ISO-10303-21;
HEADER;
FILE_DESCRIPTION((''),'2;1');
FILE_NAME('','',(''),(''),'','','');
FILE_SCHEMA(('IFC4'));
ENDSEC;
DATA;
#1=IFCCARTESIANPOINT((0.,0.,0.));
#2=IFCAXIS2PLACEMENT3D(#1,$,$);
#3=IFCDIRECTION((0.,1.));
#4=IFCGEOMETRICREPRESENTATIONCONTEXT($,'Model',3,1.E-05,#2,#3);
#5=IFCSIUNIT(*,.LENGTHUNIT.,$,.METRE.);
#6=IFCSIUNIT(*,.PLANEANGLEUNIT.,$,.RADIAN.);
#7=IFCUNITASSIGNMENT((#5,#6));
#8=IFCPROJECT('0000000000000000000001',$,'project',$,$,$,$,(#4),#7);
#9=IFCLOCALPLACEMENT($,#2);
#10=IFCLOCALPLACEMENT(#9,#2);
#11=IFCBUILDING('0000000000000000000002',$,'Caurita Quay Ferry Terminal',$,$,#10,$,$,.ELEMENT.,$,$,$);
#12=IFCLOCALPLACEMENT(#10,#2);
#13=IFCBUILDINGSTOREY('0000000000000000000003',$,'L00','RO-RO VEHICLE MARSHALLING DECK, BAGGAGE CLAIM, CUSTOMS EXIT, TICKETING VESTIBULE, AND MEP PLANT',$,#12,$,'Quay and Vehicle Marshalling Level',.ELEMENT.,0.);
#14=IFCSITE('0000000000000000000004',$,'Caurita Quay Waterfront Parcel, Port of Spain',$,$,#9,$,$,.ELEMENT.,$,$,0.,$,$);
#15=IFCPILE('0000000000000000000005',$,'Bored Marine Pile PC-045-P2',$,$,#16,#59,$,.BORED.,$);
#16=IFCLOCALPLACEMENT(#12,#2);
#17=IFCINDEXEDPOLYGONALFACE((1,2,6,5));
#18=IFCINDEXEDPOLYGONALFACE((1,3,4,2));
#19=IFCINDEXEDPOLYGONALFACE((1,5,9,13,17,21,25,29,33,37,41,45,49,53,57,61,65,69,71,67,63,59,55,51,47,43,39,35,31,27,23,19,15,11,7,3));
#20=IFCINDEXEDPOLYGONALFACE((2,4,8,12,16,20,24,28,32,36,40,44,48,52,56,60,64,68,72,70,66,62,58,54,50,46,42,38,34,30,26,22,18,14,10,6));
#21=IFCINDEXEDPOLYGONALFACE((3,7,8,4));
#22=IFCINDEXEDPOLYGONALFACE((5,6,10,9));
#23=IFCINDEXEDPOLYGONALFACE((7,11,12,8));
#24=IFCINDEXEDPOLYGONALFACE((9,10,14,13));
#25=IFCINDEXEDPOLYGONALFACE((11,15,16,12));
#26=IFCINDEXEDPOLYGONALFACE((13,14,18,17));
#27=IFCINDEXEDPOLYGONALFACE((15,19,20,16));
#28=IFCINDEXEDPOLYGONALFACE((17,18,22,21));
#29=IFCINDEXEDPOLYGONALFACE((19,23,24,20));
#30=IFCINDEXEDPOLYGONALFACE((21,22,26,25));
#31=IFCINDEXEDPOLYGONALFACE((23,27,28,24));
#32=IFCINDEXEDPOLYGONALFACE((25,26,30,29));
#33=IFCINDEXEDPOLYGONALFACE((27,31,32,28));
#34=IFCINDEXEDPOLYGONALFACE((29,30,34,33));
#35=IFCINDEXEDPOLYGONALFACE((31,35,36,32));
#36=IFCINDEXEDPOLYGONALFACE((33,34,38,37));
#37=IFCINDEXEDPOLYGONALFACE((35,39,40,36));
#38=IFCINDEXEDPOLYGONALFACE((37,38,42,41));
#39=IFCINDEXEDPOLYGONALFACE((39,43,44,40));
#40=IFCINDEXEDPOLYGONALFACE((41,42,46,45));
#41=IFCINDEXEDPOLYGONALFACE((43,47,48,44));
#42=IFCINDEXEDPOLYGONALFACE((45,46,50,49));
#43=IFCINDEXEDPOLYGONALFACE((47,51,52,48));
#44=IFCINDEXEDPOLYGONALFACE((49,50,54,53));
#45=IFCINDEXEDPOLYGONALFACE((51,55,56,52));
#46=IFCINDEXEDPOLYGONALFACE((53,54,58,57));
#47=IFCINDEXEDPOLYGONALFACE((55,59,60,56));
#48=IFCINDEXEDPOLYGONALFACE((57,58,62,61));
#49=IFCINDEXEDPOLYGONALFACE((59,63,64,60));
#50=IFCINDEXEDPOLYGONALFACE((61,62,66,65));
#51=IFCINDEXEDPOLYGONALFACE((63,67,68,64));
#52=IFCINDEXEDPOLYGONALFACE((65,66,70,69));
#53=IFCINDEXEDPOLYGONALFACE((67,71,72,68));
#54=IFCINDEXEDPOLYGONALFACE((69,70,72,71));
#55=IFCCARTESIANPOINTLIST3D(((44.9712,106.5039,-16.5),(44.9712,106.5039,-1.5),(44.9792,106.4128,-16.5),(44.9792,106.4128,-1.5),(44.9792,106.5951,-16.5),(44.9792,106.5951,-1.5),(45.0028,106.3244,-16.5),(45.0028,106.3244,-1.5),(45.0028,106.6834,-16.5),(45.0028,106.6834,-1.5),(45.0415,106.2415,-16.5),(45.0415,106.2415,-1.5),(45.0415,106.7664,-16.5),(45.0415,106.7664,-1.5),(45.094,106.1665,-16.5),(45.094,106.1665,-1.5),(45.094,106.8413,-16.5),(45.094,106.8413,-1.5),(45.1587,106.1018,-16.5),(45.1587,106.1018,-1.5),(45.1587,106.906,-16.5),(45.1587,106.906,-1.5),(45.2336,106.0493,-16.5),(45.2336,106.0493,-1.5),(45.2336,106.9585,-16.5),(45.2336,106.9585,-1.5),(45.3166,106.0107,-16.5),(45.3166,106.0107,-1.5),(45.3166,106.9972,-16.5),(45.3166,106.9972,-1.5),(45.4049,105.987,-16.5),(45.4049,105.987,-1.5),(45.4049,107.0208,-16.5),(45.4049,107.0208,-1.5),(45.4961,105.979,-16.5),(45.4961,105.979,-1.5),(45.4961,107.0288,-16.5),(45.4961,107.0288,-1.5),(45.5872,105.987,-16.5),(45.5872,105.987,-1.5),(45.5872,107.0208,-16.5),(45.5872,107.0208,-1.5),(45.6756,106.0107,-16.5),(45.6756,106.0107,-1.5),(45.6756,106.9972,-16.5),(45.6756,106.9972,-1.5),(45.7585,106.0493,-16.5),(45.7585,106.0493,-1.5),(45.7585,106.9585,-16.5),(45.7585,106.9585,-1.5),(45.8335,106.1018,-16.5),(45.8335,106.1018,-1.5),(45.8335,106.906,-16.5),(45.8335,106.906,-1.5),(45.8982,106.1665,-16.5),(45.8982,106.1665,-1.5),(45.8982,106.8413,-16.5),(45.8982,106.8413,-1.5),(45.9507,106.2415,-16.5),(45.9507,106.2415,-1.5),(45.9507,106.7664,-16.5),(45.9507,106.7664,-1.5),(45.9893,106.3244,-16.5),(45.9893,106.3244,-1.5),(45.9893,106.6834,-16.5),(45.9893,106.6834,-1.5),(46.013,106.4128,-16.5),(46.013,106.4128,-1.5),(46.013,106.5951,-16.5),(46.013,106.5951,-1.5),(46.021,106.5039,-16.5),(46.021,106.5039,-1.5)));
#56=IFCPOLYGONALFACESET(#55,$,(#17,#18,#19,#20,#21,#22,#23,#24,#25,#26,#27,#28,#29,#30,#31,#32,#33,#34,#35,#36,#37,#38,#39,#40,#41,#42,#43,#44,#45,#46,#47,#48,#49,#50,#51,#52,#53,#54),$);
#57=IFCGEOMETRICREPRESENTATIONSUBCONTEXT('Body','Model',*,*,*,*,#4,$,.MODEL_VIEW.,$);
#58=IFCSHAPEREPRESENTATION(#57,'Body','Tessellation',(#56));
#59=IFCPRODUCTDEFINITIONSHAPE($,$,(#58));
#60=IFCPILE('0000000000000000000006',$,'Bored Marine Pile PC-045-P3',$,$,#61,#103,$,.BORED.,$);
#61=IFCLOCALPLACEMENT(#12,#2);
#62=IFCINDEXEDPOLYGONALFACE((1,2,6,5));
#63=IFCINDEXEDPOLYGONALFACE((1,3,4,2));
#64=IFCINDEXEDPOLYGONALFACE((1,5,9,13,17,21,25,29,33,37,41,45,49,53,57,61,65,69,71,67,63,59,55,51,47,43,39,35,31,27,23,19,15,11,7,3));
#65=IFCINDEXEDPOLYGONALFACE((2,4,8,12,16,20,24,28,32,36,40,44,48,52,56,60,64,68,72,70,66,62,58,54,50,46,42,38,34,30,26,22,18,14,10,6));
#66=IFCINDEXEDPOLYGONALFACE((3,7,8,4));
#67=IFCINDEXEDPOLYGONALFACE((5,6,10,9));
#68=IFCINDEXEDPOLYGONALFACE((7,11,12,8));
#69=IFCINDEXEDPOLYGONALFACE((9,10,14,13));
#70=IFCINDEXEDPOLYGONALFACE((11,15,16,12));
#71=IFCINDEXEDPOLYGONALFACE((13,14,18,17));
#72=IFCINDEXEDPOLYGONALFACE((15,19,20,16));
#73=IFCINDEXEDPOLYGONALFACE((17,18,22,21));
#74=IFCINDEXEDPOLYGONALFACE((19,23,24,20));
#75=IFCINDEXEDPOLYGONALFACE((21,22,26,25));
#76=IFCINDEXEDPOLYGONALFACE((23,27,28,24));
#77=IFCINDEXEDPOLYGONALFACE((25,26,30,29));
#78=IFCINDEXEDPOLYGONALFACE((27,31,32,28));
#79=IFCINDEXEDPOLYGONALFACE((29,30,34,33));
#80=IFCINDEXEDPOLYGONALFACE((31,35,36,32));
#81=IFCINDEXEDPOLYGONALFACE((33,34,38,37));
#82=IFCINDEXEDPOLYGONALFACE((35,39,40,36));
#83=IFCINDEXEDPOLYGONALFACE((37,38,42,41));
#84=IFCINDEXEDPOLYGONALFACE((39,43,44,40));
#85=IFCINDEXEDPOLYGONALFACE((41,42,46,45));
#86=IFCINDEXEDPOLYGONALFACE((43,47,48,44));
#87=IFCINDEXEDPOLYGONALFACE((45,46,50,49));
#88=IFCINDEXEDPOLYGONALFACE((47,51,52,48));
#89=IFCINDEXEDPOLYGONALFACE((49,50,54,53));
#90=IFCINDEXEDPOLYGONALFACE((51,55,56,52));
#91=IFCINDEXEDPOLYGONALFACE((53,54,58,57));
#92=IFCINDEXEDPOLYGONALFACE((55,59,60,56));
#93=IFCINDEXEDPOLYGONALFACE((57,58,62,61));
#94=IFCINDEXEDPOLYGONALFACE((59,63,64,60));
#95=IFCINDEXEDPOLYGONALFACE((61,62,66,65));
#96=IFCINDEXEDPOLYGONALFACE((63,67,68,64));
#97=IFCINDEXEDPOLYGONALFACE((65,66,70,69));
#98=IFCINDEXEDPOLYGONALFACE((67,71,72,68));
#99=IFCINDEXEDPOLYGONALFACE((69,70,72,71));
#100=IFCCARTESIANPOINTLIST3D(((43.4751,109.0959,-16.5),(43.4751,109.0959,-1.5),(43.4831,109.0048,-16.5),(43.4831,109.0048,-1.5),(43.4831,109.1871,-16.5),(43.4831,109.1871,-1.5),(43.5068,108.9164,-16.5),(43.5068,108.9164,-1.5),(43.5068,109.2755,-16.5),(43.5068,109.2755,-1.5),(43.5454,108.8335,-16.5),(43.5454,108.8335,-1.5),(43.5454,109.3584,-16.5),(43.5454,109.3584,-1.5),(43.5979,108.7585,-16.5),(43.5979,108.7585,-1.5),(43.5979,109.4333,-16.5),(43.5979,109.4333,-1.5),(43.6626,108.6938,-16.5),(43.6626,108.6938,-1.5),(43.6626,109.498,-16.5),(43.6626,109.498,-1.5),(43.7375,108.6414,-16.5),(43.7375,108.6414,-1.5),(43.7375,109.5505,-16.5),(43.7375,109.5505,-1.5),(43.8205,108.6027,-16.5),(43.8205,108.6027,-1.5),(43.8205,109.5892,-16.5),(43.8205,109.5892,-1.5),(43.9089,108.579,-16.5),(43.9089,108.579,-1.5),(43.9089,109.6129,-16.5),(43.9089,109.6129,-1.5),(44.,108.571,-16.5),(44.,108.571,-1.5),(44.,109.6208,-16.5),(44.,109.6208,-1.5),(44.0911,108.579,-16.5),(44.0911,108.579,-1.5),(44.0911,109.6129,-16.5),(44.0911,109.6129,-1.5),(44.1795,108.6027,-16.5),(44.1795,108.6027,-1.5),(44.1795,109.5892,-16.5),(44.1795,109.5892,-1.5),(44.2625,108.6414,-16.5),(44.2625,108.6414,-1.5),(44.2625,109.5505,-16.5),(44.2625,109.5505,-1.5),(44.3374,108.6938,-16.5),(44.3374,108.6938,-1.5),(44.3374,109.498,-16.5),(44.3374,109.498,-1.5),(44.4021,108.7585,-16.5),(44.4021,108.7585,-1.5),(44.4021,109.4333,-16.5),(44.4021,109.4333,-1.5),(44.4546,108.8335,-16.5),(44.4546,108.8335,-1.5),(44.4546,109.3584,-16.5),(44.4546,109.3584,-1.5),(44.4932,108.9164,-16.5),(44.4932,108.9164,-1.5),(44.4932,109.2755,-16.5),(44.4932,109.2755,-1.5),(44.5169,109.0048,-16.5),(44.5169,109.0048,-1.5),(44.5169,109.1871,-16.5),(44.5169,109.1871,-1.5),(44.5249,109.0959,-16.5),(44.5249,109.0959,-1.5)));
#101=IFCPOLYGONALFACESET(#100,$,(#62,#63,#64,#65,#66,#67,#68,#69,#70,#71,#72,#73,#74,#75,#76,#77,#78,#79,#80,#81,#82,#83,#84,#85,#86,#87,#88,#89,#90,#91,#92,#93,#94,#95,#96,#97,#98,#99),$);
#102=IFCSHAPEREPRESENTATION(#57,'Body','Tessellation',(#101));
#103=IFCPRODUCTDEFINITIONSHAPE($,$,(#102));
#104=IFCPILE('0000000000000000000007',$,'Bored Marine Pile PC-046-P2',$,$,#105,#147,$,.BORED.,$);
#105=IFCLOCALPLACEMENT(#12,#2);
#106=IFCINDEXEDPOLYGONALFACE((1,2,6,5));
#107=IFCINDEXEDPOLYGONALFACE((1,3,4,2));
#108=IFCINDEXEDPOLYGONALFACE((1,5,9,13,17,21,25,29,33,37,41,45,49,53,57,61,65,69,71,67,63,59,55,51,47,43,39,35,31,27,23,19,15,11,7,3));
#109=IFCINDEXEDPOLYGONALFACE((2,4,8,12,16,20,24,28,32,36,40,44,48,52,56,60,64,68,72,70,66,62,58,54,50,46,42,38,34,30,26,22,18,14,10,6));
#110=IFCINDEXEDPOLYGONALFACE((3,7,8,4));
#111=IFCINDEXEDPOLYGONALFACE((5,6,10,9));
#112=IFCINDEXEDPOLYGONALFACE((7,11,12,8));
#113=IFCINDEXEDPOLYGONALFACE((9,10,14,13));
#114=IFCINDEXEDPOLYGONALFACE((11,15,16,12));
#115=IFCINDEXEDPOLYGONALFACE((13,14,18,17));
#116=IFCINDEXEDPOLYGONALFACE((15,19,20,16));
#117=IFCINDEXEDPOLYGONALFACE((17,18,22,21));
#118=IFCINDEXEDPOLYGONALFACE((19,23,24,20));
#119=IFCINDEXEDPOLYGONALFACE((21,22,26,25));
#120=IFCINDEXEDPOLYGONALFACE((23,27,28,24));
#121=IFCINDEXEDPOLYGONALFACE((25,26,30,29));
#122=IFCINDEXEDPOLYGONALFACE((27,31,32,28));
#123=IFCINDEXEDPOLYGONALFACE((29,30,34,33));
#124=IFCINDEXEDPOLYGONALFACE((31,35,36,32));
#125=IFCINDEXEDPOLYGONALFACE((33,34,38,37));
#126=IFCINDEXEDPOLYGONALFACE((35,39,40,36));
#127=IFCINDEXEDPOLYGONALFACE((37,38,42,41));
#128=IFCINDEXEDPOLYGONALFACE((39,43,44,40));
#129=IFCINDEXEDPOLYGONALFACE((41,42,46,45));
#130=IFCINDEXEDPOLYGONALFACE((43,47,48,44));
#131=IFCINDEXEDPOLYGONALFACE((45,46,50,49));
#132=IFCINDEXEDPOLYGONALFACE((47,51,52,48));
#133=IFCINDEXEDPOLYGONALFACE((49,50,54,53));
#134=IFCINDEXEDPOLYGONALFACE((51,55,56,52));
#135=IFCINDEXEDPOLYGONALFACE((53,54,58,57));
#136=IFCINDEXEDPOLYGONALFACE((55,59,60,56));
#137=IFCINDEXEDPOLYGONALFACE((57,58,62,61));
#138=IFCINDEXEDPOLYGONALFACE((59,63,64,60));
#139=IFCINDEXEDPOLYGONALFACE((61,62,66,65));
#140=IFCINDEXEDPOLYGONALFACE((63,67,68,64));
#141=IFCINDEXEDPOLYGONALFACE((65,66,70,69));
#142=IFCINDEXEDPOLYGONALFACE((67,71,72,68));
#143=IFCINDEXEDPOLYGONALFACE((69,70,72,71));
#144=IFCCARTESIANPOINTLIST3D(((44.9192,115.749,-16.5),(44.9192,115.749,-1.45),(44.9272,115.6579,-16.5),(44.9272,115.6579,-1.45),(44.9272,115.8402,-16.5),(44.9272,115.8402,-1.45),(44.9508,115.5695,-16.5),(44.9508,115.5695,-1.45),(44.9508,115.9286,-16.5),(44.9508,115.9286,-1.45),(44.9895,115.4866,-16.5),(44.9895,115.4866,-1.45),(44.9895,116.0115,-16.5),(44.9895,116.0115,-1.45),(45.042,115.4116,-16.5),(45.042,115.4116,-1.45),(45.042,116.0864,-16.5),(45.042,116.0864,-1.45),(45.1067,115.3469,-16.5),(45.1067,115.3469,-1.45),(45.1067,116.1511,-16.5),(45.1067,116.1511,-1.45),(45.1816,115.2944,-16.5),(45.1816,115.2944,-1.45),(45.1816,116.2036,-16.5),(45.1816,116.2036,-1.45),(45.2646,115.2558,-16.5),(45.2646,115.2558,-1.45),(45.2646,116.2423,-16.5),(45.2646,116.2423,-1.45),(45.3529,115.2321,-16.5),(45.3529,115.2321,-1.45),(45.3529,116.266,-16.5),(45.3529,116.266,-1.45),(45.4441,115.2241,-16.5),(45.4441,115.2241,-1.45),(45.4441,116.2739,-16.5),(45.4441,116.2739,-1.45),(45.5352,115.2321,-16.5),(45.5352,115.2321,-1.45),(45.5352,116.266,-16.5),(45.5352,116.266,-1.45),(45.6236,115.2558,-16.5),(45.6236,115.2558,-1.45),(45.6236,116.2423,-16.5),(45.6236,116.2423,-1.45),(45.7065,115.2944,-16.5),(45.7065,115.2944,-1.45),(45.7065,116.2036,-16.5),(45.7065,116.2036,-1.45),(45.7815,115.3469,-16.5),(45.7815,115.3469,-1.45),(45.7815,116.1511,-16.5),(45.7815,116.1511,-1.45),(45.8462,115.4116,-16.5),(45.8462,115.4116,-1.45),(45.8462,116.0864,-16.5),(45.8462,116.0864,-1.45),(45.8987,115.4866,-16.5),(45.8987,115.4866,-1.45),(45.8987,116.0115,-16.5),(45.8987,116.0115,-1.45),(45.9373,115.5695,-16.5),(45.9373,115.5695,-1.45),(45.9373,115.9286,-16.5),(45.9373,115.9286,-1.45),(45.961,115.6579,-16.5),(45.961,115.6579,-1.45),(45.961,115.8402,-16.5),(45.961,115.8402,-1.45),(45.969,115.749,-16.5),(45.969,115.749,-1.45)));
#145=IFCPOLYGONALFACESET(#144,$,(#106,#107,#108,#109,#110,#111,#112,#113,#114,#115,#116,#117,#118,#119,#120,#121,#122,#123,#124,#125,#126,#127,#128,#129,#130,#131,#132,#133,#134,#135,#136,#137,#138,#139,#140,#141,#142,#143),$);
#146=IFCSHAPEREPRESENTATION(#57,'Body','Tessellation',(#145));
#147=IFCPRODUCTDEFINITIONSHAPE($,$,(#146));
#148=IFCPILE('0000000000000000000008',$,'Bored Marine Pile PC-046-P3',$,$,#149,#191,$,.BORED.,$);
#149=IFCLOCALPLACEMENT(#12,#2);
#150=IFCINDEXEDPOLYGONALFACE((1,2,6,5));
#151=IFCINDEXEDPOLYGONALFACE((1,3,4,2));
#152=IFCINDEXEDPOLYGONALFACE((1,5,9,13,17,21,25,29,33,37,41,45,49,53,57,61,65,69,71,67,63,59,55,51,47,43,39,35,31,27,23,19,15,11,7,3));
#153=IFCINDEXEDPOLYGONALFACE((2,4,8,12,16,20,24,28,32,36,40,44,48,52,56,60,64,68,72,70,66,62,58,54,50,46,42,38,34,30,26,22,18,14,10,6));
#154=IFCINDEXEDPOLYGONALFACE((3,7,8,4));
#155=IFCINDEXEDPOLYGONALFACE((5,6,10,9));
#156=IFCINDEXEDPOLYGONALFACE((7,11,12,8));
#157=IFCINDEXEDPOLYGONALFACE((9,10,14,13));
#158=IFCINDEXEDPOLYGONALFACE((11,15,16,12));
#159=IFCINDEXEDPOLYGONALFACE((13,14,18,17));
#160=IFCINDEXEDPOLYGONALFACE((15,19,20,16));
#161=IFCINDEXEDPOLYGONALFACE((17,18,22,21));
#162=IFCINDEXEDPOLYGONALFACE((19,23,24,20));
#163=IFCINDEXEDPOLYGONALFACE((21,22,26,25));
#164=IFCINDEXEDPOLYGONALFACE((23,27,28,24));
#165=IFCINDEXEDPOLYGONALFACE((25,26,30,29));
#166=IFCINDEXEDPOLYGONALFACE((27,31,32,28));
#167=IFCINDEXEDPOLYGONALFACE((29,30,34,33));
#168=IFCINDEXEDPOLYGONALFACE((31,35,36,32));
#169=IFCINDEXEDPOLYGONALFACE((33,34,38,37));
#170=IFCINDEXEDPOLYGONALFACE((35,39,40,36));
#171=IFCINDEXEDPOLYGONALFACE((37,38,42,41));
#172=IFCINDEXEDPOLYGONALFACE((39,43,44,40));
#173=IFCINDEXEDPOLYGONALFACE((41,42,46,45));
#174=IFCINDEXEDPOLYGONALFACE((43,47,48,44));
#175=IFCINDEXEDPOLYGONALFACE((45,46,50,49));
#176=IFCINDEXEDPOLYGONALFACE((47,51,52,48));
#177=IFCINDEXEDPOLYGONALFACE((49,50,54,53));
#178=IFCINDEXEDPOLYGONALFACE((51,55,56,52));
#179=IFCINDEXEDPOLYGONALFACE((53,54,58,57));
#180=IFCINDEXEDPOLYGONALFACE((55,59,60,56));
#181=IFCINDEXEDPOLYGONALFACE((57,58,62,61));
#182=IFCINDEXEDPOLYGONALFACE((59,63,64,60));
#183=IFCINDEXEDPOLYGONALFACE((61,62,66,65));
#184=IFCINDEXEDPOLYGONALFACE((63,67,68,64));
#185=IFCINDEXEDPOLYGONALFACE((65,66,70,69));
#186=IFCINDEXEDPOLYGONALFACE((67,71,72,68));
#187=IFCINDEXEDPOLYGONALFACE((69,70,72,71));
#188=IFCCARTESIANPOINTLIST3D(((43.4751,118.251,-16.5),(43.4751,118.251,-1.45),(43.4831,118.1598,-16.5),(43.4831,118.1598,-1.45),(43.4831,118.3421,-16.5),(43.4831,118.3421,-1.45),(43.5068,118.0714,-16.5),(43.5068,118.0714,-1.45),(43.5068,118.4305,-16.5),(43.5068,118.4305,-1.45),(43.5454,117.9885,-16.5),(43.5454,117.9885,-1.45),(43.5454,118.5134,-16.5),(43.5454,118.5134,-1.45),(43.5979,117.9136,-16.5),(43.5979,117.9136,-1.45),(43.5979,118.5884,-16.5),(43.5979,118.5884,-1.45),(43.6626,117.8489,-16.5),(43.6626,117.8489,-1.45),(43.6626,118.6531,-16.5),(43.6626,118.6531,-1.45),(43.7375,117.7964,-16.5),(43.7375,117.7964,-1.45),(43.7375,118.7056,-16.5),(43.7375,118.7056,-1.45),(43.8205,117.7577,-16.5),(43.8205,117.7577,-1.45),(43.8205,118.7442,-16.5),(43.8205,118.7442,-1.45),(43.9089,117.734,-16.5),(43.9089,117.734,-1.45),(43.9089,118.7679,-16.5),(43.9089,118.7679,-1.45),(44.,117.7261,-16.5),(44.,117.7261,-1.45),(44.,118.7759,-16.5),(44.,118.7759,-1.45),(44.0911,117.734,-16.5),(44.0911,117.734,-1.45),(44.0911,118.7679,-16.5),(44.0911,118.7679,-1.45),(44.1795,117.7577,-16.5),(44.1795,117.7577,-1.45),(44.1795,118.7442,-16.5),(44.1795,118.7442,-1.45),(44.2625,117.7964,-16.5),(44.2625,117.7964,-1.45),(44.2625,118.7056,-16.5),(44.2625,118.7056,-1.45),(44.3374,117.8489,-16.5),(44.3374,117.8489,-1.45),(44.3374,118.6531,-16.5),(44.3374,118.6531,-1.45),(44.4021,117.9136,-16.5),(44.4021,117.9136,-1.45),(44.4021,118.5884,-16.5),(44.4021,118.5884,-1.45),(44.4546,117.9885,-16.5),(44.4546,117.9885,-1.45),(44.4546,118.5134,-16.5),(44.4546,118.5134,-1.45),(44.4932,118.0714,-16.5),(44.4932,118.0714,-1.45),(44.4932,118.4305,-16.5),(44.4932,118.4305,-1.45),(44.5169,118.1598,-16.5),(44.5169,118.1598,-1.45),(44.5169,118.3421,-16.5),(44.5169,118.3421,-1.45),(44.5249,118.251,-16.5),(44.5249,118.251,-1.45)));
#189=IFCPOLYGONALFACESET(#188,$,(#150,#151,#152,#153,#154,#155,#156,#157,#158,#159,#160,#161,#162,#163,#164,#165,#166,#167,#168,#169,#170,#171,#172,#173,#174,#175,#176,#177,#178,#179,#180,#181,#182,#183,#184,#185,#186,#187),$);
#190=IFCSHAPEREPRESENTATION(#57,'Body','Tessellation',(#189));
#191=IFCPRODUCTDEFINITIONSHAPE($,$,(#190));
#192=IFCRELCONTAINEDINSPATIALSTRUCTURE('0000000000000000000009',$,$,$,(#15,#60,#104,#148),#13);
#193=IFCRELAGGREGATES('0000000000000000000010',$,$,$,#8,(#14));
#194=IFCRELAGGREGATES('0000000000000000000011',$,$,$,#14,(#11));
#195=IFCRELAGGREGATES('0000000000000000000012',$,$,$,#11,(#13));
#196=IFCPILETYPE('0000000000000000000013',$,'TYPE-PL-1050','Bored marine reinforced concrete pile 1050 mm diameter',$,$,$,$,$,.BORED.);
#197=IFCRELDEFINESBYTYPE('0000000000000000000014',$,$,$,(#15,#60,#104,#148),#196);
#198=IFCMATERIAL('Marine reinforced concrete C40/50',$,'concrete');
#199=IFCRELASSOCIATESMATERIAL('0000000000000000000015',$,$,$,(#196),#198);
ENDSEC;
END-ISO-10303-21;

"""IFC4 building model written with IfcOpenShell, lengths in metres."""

from ifc_helpers import new_model, si_unit, direction, frame, origin, origin_2d, place, context, subcontext, project, spatial, circle, extrude, material, material_profile, profile_set, type_object, element, save


model = new_model("IFC4")

# Units and contexts
model_context = context("Model", 3, precision=1e-05, world=origin(), true_north=direction((0.0, 1.0)))
body_context = subcontext(model_context, "Body", "Model", "MODEL_VIEW")
ifc_project = project(units=[si_unit("LENGTHUNIT", "METRE"), si_unit("PLANEANGLEUNIT", "RADIAN")], contexts=[model_context])

# Site, building, storey
site_placement = place(None, origin())
site = spatial("IfcSite", under=ifc_project, at=site_placement, Name="Caurita Quay Waterfront Parcel, Port of Spain", CompositionType="ELEMENT", RefElevation=0.0)
building_placement = place(site_placement, origin())
building = spatial("IfcBuilding", under=site, at=building_placement, Name="Caurita Quay Ferry Terminal", CompositionType="ELEMENT")
storey_placement = place(building_placement, origin())
storey = spatial("IfcBuildingStorey", under=building, at=storey_placement, Name="L00", Description="RO-RO VEHICLE MARSHALLING DECK, BAGGAGE CLAIM, CUSTOMS EXIT, TICKETING VESTIBULE, AND MEP PLANT", LongName="Quay and Vehicle Marshalling Level", CompositionType="ELEMENT", Elevation=0.0)

# Piles
ifc_material_1 = material(Name="Marine reinforced concrete C40/50", Category="concrete")
ifc_material_profile_1 = material_profile(ifc_material_1, circle(Radius=0.5249, at=origin_2d()), Name="PILE-D1050")
ifc_profile_set_1 = profile_set([ifc_material_profile_1], Name="Marine reinforced concrete C40/50")
pile_type = type_object("IfcPileType", Name="TYPE-PL-1050", Description="Bored marine reinforced concrete pile 1050 mm diameter", PredefinedType="BORED", material=ifc_profile_set_1)
for number, where, z_axis, x_axis, name in (
    (1, (45.4961, 106.5039, -1.5), (0.0, 0.0, -1.0), (1.0, 0.0, 0.0), "Bored Marine Pile PC-045-P2"),
    (2, (44.0, 109.0959, -1.5), (0.0, 0.0, -1.0), (1.0, 0.0, 0.0), "Bored Marine Pile PC-045-P3"),
):
    element("IfcPile", number, at=place(storey_placement, frame(where, z_axis=z_axis, x_axis=x_axis)), inside=storey, type_object=pile_type, Name=name, PredefinedType="BORED", context=body_context, shape_type="SweptSolid", body=[
        extrude(circle(Radius=0.5249, at=origin_2d()), origin(), (0.0, 0.0, 1.0), 15.0),
    ])
for number, where, z_axis, x_axis, name in (
    (3, (45.4441, 115.749, -1.45), (0.0, 0.0, -1.0), (1.0, 0.0, 0.0), "Bored Marine Pile PC-046-P2"),
    (4, (44.0, 118.251, -1.45), (0.0, 0.0, -1.0), (1.0, 0.0, 0.0), "Bored Marine Pile PC-046-P3"),
):
    element("IfcPile", number, at=place(storey_placement, frame(where, z_axis=z_axis, x_axis=x_axis)), inside=storey, type_object=pile_type, Name=name, PredefinedType="BORED", context=body_context, shape_type="SweptSolid", body=[
        extrude(circle(Radius=0.5249, at=origin_2d()), origin(), (0.0, 0.0, 1.0), 15.05),
    ])

save(model, "model.ifc")
